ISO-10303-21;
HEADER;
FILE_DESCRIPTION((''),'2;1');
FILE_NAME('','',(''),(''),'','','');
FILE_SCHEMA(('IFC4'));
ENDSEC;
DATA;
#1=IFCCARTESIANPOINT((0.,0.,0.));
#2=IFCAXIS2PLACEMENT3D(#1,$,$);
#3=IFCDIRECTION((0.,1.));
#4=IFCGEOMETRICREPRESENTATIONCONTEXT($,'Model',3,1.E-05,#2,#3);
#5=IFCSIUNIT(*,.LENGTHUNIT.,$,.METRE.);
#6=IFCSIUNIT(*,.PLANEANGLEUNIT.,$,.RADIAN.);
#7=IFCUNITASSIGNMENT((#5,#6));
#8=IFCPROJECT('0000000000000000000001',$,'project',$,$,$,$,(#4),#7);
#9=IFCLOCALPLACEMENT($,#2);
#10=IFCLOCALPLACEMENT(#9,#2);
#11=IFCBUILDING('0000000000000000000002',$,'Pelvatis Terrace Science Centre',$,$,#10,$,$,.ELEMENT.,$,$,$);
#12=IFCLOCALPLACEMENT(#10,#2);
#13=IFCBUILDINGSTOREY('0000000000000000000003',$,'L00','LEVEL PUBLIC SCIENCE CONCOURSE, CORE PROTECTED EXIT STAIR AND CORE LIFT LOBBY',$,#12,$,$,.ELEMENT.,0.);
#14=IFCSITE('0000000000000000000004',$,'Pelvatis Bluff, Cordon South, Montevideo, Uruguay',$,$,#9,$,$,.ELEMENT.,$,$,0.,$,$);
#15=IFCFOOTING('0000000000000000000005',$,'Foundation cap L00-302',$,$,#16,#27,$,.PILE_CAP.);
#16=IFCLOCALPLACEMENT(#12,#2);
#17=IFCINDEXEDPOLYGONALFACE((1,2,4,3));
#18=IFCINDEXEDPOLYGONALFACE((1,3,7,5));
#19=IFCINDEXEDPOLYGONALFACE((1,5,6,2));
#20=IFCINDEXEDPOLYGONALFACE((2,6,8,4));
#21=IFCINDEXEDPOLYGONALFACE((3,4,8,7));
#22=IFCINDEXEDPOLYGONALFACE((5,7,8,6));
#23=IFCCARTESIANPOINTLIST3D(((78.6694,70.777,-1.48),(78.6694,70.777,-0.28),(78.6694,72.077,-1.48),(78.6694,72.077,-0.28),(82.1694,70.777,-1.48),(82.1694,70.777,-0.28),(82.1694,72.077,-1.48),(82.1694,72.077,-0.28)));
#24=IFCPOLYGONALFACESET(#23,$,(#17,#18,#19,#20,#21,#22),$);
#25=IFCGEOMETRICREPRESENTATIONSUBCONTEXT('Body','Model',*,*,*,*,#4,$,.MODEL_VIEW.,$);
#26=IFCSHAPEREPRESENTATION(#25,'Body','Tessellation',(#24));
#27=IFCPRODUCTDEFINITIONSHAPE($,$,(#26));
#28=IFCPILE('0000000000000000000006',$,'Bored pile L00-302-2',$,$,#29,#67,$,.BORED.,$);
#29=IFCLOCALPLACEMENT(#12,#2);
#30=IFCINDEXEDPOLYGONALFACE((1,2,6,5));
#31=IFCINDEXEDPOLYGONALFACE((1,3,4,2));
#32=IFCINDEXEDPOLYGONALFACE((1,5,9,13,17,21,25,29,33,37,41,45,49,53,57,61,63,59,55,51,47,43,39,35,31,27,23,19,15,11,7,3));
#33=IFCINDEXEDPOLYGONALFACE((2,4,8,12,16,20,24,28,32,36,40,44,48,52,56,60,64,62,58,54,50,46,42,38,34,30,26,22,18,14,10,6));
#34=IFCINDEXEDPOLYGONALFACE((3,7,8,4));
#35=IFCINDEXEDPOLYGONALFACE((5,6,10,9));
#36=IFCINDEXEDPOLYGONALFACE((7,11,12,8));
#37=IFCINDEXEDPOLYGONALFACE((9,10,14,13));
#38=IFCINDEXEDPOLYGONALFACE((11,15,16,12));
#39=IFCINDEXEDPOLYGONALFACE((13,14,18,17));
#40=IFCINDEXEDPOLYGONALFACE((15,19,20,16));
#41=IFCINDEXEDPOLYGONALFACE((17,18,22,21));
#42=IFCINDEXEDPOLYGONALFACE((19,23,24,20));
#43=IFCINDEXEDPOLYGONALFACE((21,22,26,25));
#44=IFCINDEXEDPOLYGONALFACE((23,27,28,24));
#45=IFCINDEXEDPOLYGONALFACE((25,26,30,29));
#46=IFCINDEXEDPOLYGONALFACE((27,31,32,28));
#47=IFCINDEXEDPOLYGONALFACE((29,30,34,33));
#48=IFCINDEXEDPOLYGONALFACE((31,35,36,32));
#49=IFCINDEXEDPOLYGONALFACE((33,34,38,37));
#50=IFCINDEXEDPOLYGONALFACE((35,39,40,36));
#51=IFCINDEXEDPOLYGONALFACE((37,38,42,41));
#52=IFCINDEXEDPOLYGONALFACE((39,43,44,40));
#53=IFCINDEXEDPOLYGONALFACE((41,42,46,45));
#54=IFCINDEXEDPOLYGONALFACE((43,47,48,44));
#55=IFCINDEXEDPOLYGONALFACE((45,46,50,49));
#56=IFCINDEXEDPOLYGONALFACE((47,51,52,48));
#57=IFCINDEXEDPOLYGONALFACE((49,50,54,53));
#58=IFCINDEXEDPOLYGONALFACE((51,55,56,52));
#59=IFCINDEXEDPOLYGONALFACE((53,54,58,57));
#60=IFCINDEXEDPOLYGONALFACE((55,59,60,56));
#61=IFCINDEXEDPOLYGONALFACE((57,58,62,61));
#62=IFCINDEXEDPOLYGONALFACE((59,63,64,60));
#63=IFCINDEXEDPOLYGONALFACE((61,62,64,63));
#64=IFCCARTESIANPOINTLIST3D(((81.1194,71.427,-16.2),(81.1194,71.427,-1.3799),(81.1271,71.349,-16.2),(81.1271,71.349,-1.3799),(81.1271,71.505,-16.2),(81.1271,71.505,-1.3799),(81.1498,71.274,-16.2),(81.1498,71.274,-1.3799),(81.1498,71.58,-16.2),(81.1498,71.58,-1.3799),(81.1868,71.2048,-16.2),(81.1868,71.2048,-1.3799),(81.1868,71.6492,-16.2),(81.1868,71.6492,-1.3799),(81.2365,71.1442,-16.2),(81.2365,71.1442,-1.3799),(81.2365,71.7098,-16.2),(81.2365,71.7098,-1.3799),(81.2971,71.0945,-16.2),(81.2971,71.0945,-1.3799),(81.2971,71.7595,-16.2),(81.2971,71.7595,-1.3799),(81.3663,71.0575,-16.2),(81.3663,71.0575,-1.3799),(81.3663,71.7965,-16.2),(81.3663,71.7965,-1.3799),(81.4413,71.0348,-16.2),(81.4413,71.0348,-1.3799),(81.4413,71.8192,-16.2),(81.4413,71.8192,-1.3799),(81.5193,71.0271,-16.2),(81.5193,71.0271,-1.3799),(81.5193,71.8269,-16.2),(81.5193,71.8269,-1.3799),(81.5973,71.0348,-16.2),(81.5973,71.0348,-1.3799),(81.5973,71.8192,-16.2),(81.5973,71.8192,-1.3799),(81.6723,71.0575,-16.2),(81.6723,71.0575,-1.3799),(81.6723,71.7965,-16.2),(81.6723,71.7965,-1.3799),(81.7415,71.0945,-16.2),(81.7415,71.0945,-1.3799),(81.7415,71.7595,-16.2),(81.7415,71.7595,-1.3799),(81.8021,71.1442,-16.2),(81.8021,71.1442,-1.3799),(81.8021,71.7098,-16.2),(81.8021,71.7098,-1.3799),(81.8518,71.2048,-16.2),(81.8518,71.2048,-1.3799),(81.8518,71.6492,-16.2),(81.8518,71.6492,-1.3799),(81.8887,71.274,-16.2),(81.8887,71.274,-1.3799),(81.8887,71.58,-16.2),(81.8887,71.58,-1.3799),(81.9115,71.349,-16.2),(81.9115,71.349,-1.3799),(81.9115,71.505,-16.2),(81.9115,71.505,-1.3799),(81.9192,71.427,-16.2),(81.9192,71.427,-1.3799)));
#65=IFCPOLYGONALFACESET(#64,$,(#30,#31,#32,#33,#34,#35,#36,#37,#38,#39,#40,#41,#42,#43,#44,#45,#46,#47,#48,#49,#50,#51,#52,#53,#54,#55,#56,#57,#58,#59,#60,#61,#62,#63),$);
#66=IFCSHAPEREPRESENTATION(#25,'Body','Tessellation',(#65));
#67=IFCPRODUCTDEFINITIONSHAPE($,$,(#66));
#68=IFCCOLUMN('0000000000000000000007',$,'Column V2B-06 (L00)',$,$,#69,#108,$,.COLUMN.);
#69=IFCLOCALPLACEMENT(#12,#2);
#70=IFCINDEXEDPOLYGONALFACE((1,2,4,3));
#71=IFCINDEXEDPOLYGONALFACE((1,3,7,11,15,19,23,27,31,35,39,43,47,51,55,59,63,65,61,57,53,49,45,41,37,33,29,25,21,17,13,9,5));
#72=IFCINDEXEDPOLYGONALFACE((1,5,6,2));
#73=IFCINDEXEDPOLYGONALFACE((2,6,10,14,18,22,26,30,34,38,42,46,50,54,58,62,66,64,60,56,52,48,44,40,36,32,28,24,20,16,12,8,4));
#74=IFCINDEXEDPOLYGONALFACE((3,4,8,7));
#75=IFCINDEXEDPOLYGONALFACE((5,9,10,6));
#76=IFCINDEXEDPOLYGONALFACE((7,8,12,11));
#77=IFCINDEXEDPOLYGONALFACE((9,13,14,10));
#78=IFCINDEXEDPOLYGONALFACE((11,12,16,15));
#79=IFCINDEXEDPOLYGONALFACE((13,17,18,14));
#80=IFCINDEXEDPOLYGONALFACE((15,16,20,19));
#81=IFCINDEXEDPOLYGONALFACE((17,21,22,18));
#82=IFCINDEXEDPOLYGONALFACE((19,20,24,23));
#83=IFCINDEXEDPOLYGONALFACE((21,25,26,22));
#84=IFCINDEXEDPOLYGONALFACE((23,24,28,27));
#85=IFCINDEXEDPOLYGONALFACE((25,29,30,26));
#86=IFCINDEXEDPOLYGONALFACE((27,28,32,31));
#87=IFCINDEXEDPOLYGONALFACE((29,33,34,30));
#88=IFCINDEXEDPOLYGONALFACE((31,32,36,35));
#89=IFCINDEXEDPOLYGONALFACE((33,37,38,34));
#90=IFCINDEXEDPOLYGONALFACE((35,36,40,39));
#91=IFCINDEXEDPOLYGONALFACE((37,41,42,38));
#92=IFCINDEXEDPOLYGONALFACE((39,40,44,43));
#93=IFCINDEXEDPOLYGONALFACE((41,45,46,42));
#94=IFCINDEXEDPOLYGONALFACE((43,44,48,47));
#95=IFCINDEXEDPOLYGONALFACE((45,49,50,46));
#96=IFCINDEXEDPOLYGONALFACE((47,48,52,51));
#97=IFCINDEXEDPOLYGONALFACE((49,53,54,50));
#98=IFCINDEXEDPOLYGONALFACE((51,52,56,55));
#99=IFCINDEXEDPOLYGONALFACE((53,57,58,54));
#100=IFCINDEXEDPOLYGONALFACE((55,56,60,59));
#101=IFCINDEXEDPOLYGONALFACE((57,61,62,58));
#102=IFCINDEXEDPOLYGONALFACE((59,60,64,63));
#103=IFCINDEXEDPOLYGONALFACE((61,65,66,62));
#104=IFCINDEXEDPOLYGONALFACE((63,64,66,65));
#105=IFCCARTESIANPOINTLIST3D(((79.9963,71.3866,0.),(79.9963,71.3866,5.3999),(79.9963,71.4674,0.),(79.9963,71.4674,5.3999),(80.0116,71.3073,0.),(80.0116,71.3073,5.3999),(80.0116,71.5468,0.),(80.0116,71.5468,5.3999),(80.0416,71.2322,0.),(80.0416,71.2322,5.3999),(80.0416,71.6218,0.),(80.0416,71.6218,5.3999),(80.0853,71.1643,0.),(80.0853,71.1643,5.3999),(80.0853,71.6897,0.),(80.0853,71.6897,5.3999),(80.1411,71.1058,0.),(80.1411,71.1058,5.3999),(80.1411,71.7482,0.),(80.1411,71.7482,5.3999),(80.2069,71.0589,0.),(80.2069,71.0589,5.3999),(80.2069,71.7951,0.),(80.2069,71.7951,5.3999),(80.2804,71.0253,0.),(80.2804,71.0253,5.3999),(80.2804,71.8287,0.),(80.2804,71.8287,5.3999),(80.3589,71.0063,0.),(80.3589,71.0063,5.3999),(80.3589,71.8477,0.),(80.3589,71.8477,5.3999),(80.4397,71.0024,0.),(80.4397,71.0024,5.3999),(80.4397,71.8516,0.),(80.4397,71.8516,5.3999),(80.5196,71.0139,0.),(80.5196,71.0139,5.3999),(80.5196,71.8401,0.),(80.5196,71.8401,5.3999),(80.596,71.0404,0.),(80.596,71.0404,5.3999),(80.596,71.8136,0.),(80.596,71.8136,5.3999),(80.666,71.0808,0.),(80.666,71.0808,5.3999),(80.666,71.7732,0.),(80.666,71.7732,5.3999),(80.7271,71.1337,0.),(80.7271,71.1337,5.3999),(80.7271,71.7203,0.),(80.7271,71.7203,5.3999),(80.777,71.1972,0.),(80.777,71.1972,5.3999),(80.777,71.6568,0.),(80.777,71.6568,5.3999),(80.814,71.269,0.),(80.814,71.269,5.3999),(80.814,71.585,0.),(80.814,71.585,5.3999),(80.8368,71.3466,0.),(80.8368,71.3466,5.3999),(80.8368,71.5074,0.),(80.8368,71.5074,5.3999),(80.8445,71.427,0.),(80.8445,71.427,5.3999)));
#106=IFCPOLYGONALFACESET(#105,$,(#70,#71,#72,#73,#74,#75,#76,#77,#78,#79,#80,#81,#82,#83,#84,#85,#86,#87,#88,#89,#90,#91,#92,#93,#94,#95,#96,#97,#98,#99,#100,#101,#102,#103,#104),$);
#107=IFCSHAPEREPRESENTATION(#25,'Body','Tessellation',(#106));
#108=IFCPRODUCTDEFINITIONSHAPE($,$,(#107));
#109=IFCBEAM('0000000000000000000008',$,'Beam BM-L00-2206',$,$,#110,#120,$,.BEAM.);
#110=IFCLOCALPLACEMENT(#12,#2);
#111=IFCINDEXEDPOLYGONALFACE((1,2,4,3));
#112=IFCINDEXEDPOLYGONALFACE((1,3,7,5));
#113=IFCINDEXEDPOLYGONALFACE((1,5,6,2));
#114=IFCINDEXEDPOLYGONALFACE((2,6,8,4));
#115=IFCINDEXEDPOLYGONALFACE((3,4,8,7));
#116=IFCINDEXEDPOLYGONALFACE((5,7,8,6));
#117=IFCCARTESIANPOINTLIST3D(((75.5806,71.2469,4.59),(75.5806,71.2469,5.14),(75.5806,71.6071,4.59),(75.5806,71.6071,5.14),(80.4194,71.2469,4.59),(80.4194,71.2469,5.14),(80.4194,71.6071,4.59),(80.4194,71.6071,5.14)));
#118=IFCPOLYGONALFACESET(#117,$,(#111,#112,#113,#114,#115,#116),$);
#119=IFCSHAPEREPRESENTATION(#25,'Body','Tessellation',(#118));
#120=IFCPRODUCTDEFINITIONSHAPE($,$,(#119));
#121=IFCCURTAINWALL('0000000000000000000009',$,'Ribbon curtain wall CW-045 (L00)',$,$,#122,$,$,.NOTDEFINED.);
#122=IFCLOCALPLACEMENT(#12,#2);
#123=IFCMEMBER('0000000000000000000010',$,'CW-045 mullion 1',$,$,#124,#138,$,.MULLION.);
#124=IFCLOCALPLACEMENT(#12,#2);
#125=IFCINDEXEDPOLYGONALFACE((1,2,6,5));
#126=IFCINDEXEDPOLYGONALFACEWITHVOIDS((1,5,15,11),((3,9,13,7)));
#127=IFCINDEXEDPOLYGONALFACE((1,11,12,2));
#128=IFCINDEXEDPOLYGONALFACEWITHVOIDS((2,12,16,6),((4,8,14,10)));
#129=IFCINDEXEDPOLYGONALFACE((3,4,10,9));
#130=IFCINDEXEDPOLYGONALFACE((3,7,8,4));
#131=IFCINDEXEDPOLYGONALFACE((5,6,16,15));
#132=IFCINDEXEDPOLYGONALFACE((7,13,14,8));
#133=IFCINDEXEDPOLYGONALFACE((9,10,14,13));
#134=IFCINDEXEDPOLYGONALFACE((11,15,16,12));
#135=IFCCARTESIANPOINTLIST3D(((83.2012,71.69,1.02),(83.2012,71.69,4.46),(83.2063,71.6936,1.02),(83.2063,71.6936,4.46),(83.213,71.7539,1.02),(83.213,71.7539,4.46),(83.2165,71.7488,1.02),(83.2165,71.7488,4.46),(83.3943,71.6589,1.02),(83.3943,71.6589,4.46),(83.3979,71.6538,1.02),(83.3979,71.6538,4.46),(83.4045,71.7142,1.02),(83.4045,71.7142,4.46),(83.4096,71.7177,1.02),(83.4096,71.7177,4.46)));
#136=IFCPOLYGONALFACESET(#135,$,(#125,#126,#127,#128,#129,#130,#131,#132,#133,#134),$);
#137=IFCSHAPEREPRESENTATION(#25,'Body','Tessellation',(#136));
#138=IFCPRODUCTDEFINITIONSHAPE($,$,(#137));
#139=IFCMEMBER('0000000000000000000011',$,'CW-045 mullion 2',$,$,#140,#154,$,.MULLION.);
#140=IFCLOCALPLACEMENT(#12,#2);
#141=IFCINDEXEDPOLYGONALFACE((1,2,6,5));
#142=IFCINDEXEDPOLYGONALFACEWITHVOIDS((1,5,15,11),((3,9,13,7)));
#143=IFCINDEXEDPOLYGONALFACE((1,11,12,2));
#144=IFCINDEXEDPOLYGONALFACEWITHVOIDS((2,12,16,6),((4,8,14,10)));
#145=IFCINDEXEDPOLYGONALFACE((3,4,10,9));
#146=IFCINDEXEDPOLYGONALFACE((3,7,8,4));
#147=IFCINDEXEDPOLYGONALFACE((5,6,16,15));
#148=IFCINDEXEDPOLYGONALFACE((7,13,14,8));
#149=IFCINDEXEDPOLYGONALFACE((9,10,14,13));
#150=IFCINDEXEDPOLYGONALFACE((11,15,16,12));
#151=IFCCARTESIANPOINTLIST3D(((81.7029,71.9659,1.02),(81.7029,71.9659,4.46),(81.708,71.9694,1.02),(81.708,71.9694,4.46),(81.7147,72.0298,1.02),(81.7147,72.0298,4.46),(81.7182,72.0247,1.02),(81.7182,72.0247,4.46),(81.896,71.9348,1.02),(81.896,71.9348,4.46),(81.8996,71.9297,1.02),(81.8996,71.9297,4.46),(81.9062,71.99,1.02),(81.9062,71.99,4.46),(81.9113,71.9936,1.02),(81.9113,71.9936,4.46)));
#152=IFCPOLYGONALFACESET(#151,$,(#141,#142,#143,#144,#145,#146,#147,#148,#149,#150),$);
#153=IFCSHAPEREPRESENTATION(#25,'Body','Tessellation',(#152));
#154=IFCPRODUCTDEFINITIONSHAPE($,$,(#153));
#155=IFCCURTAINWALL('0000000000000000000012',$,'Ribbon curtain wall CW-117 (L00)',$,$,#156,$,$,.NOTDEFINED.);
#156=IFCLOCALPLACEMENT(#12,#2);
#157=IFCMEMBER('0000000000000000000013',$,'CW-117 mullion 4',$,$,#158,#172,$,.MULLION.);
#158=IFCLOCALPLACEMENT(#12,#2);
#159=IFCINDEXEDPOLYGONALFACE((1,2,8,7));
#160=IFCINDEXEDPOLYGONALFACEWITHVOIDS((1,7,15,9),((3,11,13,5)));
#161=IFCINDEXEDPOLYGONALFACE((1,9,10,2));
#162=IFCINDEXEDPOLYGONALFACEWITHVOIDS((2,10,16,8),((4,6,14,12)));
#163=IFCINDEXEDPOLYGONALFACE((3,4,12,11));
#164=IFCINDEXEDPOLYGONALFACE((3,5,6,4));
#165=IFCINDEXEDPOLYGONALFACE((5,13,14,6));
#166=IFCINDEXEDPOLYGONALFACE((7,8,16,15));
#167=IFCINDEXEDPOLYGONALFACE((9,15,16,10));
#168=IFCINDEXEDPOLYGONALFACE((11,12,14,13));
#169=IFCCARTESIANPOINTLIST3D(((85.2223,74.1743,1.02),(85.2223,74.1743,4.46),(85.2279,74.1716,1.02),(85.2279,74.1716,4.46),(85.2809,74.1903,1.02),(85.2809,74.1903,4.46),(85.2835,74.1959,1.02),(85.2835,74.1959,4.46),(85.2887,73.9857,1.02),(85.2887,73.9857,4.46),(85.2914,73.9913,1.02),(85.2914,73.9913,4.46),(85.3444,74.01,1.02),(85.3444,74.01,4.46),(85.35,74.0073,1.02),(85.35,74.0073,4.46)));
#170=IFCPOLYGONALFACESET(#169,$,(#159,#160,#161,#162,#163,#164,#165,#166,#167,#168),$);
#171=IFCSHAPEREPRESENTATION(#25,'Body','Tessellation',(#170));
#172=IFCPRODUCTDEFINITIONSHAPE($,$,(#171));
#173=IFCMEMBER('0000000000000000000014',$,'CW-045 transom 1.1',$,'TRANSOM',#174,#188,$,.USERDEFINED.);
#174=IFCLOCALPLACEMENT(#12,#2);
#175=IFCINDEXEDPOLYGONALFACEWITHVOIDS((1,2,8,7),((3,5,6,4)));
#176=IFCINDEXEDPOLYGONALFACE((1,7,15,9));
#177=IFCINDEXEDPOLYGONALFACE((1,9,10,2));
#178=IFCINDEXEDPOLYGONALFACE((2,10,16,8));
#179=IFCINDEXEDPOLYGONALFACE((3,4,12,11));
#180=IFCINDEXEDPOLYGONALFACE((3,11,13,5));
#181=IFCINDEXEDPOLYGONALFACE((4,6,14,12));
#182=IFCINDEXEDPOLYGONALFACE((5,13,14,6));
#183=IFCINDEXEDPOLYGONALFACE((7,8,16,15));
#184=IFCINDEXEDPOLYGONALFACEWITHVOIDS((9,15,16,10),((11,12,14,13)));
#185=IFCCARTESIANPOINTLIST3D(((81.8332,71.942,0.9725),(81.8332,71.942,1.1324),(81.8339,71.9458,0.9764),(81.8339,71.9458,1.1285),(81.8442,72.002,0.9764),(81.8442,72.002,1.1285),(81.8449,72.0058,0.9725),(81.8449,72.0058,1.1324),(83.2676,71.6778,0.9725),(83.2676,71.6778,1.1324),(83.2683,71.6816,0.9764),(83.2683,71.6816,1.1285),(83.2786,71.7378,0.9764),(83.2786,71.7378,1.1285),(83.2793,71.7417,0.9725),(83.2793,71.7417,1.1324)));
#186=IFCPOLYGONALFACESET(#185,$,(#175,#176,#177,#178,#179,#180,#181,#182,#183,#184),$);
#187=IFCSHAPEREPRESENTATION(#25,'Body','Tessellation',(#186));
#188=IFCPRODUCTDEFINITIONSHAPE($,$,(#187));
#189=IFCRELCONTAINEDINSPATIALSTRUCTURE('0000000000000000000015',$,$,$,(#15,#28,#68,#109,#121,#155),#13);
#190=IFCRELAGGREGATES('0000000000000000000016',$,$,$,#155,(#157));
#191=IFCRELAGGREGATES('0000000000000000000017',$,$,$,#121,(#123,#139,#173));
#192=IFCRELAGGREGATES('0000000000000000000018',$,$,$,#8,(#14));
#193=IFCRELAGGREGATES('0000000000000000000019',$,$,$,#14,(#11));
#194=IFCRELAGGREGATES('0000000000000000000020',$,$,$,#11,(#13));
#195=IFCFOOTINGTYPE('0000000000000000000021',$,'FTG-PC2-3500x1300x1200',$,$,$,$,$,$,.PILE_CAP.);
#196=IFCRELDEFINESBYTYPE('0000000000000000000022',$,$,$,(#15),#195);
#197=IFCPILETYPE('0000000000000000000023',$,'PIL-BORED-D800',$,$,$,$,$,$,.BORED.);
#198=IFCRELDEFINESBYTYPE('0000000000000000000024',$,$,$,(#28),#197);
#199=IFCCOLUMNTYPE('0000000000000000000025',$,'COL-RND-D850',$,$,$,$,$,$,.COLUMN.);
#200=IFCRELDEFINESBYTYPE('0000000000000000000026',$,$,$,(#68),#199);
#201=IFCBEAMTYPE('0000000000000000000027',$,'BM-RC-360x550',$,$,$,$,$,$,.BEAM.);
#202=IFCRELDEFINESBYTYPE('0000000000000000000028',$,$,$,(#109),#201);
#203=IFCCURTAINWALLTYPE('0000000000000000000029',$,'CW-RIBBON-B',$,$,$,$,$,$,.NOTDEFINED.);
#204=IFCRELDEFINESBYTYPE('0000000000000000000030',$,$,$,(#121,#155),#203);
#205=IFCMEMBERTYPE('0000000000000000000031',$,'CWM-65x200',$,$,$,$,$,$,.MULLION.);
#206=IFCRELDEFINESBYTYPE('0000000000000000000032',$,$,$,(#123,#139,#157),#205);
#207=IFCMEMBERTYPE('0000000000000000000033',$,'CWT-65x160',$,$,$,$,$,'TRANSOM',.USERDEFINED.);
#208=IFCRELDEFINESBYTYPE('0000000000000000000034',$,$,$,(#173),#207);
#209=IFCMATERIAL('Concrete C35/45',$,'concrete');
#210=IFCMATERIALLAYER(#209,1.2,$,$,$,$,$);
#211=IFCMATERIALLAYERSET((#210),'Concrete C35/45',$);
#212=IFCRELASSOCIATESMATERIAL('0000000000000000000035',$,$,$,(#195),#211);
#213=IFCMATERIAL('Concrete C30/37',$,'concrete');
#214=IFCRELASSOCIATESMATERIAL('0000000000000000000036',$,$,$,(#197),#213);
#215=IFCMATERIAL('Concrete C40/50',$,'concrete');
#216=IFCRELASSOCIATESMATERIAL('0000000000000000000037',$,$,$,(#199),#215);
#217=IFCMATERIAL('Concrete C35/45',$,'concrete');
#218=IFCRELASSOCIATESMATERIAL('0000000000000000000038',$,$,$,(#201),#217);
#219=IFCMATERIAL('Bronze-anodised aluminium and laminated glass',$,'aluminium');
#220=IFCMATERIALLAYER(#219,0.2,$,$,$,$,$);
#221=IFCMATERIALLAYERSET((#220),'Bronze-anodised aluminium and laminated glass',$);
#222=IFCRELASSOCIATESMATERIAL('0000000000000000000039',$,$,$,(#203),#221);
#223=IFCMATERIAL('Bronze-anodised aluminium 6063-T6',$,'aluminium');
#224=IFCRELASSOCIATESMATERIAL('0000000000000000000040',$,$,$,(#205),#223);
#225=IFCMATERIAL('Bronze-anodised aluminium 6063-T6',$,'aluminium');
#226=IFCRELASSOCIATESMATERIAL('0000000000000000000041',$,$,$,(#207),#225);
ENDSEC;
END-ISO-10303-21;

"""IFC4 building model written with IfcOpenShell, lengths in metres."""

from ifc_helpers import new_model, si_unit, direction, frame, origin, origin_2d, place, context, subcontext, project, spatial, rectangle, hollow_rectangle, circle, extrude, material, layer, layer_set, material_profile, profile_set, type_object, element, aggregate, save


model = new_model("IFC4")

# Units and contexts
model_context = context("Model", 3, precision=1e-05, world=origin(), true_north=direction((0.0, 1.0)))
body_context = subcontext(model_context, "Body", "Model", "MODEL_VIEW")
ifc_project = project(units=[si_unit("LENGTHUNIT", "METRE"), si_unit("PLANEANGLEUNIT", "RADIAN")], contexts=[model_context])

# Site, building, storey
site_placement = place(None, origin())
site = spatial("IfcSite", under=ifc_project, at=site_placement, Name="Pelvatis Bluff, Cordon South, Montevideo, Uruguay", CompositionType="ELEMENT", RefElevation=0.0)
building_placement = place(site_placement, origin())
building = spatial("IfcBuilding", under=site, at=building_placement, Name="Pelvatis Terrace Science Centre", CompositionType="ELEMENT")
storey_placement = place(building_placement, origin())
storey = spatial("IfcBuildingStorey", under=building, at=storey_placement, Name="L00", Description="LEVEL PUBLIC SCIENCE CONCOURSE, CORE PROTECTED EXIT STAIR AND CORE LIFT LOBBY", CompositionType="ELEMENT", Elevation=0.0)

# Footing
ifc_material_1 = material(Name="Concrete C35/45", Category="concrete")
ifc_layer_1 = layer(ifc_material_1, 1.2)
ifc_layer_set_1 = layer_set([ifc_layer_1], Name="Concrete C35/45")
footing_type = type_object("IfcFootingType", Name="FTG-PC2-3500x1300x1200", PredefinedType="PILE_CAP", material=ifc_layer_set_1)
footing_placement = place(storey_placement, frame((80.4194, 71.427, -1.48), z_axis=(0.0, 0.0, 1.0), x_axis=(1.0, 0.0, 0.0)))
element("IfcFooting", 1, at=footing_placement, inside=storey, type_object=footing_type, Name="Foundation cap L00-302", PredefinedType="PILE_CAP", context=body_context, shape_type="SweptSolid", body=[
    extrude(rectangle(XDim=3.5, YDim=1.3, at=origin_2d()), origin(), (0.0, 0.0, 1.0), 1.2),
])

# Pile
ifc_material_2 = material(Name="Concrete C30/37", Category="concrete")
ifc_material_profile_1 = material_profile(ifc_material_2, circle(Radius=0.3999, at=origin_2d()), Name="PILE D800")
ifc_profile_set_1 = profile_set([ifc_material_profile_1], Name="Concrete C30/37")
pile_type = type_object("IfcPileType", Name="PIL-BORED-D800", PredefinedType="BORED", material=ifc_profile_set_1)
pile_placement = place(storey_placement, frame((81.5193, 71.427, -1.3799), z_axis=(0.0, 0.0, -1.0), x_axis=(1.0, 0.0, 0.0)))
element("IfcPile", 2, at=pile_placement, inside=storey, type_object=pile_type, Name="Bored pile L00-302-2", PredefinedType="BORED", context=body_context, shape_type="SweptSolid", body=[
    extrude(circle(Radius=0.3999, at=origin_2d()), origin(), (0.0, 0.0, 1.0), 14.8201),
])

# Column
ifc_material_3 = material(Name="Concrete C40/50", Category="concrete")
ifc_material_profile_2 = material_profile(ifc_material_3, circle(Radius=0.425, at=origin_2d()), Name="RC-RCOL D850")
ifc_profile_set_2 = profile_set([ifc_material_profile_2], Name="Concrete C40/50")
column_type = type_object("IfcColumnType", Name="COL-RND-D850", PredefinedType="COLUMN", material=ifc_profile_set_2)
column_placement = place(storey_placement, frame((80.4194, 71.427, 0.0), z_axis=(0.0, 0.0, 1.0), x_axis=(1.0, 0.0, 0.0)))
element("IfcColumn", 3, at=column_placement, inside=storey, type_object=column_type, Name="Column V2B-06 (L00)", PredefinedType="COLUMN", context=body_context, shape_type="SweptSolid", body=[
    extrude(circle(Radius=0.425, at=origin_2d()), origin(), (0.0, 0.0, 1.0), 5.3999),
])

# Beam
ifc_material_4 = material(Name="Concrete C35/45", Category="concrete")
ifc_material_profile_3 = material_profile(ifc_material_4, rectangle(XDim=0.3601, YDim=0.55, at=origin_2d()), Name="RC-BM 360x550")
ifc_profile_set_3 = profile_set([ifc_material_profile_3], Name="Concrete C35/45")
beam_type = type_object("IfcBeamType", Name="BM-RC-360x550", PredefinedType="BEAM", material=ifc_profile_set_3)
beam_placement = place(storey_placement, frame((80.4194, 71.427, 4.865), z_axis=(-1.0, 0.0, 0.0), x_axis=(0.0, -1.0, 0.0)))
element("IfcBeam", 4, at=beam_placement, inside=storey, type_object=beam_type, Name="Beam BM-L00-2206", PredefinedType="BEAM", context=body_context, shape_type="SweptSolid", body=[
    extrude(rectangle(XDim=0.3601, YDim=0.55, at=origin_2d()), origin(), (0.0, 0.0, 1.0), 4.8389),
])

# Curtain wall, members
ifc_material_5 = material(Name="Bronze-anodised aluminium and laminated glass", Category="aluminium")
ifc_layer_2 = layer(ifc_material_5, 0.2)
ifc_layer_set_2 = layer_set([ifc_layer_2], Name="Bronze-anodised aluminium and laminated glass")
curtain_wall_type = type_object("IfcCurtainWallType", Name="CW-RIBBON-B", PredefinedType="NOTDEFINED", material=ifc_layer_set_2)
curtain_wall_1_placement = place(storey_placement, origin())
curtain_wall_1 = element("IfcCurtainWall", 5, at=curtain_wall_1_placement, inside=storey, type_object=curtain_wall_type, Name="Ribbon curtain wall CW-045 (L00)", PredefinedType="NOTDEFINED")
ifc_material_6 = material(Name="Bronze-anodised aluminium 6063-T6", Category="aluminium")
ifc_material_profile_4 = material_profile(ifc_material_6, hollow_rectangle(XDim=0.0649, YDim=0.2, WallThickness=0.0044, at=origin_2d()), Name="ALU-MUL 65x200")
ifc_profile_set_4 = profile_set([ifc_material_profile_4], Name="Bronze-anodised aluminium 6063-T6")
member_type_1 = type_object("IfcMemberType", Name="CWM-65x200", PredefinedType="MULLION", material=ifc_profile_set_4)
member_1_placement = place(storey_placement, frame((83.3054, 71.7039, 1.02), z_axis=(0.0, 0.0, 1.0), x_axis=(-0.18113, -0.983459, 0.0)))
member_1 = element("IfcMember", 6, at=member_1_placement, type_object=member_type_1, Name="CW-045 mullion 1", PredefinedType="MULLION", context=body_context, shape_type="SweptSolid", body=[
    extrude(hollow_rectangle(XDim=0.0649, YDim=0.2, WallThickness=0.0044, at=origin_2d()), origin(), (0.0, 0.0, 1.0), 3.4399),
])
member_2_placement = place(storey_placement, frame((81.8071, 71.9797, 1.02), z_axis=(0.0, 0.0, 1.0), x_axis=(-0.18113, -0.983459, 0.0)))
member_2 = element("IfcMember", 7, at=member_2_placement, type_object=member_type_1, Name="CW-045 mullion 2", PredefinedType="MULLION", context=body_context, shape_type="SweptSolid", body=[
    extrude(hollow_rectangle(XDim=0.0649, YDim=0.2, WallThickness=0.0044, at=origin_2d()), origin(), (0.0, 0.0, 1.0), 3.4399),
])

# Curtain wall, member
curtain_wall_2_placement = place(storey_placement, origin())
curtain_wall_2 = element("IfcCurtainWall", 8, at=curtain_wall_2_placement, inside=storey, type_object=curtain_wall_type, Name="Ribbon curtain wall CW-117 (L00)", PredefinedType="NOTDEFINED")
member_3_placement = place(storey_placement, frame((85.2861, 74.0908, 1.02), z_axis=(0.0, 0.0, 1.0), x_axis=(0.943171, 0.332308, 0.0)))
member_3 = element("IfcMember", 9, at=member_3_placement, type_object=member_type_1, Name="CW-117 mullion 4", PredefinedType="MULLION", context=body_context, shape_type="SweptSolid", body=[
    extrude(hollow_rectangle(XDim=0.0649, YDim=0.2, WallThickness=0.0044, at=origin_2d()), origin(), (0.0, 0.0, 1.0), 3.4399),
])

# Member
ifc_material_7 = material(Name="Bronze-anodised aluminium 6063-T6", Category="aluminium")
ifc_material_profile_5 = material_profile(ifc_material_7, hollow_rectangle(XDim=0.0649, YDim=0.1599, WallThickness=0.0039, at=origin_2d()), Name="ALU-TRN 65x160")
ifc_profile_set_5 = profile_set([ifc_material_profile_5], Name="Bronze-anodised aluminium 6063-T6")
member_type_2 = type_object("IfcMemberType", Name="CWT-65x160", ElementType="TRANSOM", PredefinedType="USERDEFINED", material=ifc_profile_set_5)
member_4_placement = place(storey_placement, frame((83.2734, 71.7097, 1.0525), z_axis=(-0.98346, 0.181124, 0.0), x_axis=(-0.181124, -0.98346, 0.0)))
member_4 = element("IfcMember", 10, at=member_4_placement, type_object=member_type_2, Name="CW-045 transom 1.1", ObjectType="TRANSOM", PredefinedType="USERDEFINED", context=body_context, shape_type="SweptSolid", body=[
    extrude(hollow_rectangle(XDim=0.0649, YDim=0.1599, WallThickness=0.0039, at=origin_2d()), origin(), (0.0, 0.0, 1.0), 1.4585),
])
aggregate(curtain_wall_2, [member_3])

aggregate(curtain_wall_1, [member_1, member_2, member_4])

save(model, "model.ifc")
